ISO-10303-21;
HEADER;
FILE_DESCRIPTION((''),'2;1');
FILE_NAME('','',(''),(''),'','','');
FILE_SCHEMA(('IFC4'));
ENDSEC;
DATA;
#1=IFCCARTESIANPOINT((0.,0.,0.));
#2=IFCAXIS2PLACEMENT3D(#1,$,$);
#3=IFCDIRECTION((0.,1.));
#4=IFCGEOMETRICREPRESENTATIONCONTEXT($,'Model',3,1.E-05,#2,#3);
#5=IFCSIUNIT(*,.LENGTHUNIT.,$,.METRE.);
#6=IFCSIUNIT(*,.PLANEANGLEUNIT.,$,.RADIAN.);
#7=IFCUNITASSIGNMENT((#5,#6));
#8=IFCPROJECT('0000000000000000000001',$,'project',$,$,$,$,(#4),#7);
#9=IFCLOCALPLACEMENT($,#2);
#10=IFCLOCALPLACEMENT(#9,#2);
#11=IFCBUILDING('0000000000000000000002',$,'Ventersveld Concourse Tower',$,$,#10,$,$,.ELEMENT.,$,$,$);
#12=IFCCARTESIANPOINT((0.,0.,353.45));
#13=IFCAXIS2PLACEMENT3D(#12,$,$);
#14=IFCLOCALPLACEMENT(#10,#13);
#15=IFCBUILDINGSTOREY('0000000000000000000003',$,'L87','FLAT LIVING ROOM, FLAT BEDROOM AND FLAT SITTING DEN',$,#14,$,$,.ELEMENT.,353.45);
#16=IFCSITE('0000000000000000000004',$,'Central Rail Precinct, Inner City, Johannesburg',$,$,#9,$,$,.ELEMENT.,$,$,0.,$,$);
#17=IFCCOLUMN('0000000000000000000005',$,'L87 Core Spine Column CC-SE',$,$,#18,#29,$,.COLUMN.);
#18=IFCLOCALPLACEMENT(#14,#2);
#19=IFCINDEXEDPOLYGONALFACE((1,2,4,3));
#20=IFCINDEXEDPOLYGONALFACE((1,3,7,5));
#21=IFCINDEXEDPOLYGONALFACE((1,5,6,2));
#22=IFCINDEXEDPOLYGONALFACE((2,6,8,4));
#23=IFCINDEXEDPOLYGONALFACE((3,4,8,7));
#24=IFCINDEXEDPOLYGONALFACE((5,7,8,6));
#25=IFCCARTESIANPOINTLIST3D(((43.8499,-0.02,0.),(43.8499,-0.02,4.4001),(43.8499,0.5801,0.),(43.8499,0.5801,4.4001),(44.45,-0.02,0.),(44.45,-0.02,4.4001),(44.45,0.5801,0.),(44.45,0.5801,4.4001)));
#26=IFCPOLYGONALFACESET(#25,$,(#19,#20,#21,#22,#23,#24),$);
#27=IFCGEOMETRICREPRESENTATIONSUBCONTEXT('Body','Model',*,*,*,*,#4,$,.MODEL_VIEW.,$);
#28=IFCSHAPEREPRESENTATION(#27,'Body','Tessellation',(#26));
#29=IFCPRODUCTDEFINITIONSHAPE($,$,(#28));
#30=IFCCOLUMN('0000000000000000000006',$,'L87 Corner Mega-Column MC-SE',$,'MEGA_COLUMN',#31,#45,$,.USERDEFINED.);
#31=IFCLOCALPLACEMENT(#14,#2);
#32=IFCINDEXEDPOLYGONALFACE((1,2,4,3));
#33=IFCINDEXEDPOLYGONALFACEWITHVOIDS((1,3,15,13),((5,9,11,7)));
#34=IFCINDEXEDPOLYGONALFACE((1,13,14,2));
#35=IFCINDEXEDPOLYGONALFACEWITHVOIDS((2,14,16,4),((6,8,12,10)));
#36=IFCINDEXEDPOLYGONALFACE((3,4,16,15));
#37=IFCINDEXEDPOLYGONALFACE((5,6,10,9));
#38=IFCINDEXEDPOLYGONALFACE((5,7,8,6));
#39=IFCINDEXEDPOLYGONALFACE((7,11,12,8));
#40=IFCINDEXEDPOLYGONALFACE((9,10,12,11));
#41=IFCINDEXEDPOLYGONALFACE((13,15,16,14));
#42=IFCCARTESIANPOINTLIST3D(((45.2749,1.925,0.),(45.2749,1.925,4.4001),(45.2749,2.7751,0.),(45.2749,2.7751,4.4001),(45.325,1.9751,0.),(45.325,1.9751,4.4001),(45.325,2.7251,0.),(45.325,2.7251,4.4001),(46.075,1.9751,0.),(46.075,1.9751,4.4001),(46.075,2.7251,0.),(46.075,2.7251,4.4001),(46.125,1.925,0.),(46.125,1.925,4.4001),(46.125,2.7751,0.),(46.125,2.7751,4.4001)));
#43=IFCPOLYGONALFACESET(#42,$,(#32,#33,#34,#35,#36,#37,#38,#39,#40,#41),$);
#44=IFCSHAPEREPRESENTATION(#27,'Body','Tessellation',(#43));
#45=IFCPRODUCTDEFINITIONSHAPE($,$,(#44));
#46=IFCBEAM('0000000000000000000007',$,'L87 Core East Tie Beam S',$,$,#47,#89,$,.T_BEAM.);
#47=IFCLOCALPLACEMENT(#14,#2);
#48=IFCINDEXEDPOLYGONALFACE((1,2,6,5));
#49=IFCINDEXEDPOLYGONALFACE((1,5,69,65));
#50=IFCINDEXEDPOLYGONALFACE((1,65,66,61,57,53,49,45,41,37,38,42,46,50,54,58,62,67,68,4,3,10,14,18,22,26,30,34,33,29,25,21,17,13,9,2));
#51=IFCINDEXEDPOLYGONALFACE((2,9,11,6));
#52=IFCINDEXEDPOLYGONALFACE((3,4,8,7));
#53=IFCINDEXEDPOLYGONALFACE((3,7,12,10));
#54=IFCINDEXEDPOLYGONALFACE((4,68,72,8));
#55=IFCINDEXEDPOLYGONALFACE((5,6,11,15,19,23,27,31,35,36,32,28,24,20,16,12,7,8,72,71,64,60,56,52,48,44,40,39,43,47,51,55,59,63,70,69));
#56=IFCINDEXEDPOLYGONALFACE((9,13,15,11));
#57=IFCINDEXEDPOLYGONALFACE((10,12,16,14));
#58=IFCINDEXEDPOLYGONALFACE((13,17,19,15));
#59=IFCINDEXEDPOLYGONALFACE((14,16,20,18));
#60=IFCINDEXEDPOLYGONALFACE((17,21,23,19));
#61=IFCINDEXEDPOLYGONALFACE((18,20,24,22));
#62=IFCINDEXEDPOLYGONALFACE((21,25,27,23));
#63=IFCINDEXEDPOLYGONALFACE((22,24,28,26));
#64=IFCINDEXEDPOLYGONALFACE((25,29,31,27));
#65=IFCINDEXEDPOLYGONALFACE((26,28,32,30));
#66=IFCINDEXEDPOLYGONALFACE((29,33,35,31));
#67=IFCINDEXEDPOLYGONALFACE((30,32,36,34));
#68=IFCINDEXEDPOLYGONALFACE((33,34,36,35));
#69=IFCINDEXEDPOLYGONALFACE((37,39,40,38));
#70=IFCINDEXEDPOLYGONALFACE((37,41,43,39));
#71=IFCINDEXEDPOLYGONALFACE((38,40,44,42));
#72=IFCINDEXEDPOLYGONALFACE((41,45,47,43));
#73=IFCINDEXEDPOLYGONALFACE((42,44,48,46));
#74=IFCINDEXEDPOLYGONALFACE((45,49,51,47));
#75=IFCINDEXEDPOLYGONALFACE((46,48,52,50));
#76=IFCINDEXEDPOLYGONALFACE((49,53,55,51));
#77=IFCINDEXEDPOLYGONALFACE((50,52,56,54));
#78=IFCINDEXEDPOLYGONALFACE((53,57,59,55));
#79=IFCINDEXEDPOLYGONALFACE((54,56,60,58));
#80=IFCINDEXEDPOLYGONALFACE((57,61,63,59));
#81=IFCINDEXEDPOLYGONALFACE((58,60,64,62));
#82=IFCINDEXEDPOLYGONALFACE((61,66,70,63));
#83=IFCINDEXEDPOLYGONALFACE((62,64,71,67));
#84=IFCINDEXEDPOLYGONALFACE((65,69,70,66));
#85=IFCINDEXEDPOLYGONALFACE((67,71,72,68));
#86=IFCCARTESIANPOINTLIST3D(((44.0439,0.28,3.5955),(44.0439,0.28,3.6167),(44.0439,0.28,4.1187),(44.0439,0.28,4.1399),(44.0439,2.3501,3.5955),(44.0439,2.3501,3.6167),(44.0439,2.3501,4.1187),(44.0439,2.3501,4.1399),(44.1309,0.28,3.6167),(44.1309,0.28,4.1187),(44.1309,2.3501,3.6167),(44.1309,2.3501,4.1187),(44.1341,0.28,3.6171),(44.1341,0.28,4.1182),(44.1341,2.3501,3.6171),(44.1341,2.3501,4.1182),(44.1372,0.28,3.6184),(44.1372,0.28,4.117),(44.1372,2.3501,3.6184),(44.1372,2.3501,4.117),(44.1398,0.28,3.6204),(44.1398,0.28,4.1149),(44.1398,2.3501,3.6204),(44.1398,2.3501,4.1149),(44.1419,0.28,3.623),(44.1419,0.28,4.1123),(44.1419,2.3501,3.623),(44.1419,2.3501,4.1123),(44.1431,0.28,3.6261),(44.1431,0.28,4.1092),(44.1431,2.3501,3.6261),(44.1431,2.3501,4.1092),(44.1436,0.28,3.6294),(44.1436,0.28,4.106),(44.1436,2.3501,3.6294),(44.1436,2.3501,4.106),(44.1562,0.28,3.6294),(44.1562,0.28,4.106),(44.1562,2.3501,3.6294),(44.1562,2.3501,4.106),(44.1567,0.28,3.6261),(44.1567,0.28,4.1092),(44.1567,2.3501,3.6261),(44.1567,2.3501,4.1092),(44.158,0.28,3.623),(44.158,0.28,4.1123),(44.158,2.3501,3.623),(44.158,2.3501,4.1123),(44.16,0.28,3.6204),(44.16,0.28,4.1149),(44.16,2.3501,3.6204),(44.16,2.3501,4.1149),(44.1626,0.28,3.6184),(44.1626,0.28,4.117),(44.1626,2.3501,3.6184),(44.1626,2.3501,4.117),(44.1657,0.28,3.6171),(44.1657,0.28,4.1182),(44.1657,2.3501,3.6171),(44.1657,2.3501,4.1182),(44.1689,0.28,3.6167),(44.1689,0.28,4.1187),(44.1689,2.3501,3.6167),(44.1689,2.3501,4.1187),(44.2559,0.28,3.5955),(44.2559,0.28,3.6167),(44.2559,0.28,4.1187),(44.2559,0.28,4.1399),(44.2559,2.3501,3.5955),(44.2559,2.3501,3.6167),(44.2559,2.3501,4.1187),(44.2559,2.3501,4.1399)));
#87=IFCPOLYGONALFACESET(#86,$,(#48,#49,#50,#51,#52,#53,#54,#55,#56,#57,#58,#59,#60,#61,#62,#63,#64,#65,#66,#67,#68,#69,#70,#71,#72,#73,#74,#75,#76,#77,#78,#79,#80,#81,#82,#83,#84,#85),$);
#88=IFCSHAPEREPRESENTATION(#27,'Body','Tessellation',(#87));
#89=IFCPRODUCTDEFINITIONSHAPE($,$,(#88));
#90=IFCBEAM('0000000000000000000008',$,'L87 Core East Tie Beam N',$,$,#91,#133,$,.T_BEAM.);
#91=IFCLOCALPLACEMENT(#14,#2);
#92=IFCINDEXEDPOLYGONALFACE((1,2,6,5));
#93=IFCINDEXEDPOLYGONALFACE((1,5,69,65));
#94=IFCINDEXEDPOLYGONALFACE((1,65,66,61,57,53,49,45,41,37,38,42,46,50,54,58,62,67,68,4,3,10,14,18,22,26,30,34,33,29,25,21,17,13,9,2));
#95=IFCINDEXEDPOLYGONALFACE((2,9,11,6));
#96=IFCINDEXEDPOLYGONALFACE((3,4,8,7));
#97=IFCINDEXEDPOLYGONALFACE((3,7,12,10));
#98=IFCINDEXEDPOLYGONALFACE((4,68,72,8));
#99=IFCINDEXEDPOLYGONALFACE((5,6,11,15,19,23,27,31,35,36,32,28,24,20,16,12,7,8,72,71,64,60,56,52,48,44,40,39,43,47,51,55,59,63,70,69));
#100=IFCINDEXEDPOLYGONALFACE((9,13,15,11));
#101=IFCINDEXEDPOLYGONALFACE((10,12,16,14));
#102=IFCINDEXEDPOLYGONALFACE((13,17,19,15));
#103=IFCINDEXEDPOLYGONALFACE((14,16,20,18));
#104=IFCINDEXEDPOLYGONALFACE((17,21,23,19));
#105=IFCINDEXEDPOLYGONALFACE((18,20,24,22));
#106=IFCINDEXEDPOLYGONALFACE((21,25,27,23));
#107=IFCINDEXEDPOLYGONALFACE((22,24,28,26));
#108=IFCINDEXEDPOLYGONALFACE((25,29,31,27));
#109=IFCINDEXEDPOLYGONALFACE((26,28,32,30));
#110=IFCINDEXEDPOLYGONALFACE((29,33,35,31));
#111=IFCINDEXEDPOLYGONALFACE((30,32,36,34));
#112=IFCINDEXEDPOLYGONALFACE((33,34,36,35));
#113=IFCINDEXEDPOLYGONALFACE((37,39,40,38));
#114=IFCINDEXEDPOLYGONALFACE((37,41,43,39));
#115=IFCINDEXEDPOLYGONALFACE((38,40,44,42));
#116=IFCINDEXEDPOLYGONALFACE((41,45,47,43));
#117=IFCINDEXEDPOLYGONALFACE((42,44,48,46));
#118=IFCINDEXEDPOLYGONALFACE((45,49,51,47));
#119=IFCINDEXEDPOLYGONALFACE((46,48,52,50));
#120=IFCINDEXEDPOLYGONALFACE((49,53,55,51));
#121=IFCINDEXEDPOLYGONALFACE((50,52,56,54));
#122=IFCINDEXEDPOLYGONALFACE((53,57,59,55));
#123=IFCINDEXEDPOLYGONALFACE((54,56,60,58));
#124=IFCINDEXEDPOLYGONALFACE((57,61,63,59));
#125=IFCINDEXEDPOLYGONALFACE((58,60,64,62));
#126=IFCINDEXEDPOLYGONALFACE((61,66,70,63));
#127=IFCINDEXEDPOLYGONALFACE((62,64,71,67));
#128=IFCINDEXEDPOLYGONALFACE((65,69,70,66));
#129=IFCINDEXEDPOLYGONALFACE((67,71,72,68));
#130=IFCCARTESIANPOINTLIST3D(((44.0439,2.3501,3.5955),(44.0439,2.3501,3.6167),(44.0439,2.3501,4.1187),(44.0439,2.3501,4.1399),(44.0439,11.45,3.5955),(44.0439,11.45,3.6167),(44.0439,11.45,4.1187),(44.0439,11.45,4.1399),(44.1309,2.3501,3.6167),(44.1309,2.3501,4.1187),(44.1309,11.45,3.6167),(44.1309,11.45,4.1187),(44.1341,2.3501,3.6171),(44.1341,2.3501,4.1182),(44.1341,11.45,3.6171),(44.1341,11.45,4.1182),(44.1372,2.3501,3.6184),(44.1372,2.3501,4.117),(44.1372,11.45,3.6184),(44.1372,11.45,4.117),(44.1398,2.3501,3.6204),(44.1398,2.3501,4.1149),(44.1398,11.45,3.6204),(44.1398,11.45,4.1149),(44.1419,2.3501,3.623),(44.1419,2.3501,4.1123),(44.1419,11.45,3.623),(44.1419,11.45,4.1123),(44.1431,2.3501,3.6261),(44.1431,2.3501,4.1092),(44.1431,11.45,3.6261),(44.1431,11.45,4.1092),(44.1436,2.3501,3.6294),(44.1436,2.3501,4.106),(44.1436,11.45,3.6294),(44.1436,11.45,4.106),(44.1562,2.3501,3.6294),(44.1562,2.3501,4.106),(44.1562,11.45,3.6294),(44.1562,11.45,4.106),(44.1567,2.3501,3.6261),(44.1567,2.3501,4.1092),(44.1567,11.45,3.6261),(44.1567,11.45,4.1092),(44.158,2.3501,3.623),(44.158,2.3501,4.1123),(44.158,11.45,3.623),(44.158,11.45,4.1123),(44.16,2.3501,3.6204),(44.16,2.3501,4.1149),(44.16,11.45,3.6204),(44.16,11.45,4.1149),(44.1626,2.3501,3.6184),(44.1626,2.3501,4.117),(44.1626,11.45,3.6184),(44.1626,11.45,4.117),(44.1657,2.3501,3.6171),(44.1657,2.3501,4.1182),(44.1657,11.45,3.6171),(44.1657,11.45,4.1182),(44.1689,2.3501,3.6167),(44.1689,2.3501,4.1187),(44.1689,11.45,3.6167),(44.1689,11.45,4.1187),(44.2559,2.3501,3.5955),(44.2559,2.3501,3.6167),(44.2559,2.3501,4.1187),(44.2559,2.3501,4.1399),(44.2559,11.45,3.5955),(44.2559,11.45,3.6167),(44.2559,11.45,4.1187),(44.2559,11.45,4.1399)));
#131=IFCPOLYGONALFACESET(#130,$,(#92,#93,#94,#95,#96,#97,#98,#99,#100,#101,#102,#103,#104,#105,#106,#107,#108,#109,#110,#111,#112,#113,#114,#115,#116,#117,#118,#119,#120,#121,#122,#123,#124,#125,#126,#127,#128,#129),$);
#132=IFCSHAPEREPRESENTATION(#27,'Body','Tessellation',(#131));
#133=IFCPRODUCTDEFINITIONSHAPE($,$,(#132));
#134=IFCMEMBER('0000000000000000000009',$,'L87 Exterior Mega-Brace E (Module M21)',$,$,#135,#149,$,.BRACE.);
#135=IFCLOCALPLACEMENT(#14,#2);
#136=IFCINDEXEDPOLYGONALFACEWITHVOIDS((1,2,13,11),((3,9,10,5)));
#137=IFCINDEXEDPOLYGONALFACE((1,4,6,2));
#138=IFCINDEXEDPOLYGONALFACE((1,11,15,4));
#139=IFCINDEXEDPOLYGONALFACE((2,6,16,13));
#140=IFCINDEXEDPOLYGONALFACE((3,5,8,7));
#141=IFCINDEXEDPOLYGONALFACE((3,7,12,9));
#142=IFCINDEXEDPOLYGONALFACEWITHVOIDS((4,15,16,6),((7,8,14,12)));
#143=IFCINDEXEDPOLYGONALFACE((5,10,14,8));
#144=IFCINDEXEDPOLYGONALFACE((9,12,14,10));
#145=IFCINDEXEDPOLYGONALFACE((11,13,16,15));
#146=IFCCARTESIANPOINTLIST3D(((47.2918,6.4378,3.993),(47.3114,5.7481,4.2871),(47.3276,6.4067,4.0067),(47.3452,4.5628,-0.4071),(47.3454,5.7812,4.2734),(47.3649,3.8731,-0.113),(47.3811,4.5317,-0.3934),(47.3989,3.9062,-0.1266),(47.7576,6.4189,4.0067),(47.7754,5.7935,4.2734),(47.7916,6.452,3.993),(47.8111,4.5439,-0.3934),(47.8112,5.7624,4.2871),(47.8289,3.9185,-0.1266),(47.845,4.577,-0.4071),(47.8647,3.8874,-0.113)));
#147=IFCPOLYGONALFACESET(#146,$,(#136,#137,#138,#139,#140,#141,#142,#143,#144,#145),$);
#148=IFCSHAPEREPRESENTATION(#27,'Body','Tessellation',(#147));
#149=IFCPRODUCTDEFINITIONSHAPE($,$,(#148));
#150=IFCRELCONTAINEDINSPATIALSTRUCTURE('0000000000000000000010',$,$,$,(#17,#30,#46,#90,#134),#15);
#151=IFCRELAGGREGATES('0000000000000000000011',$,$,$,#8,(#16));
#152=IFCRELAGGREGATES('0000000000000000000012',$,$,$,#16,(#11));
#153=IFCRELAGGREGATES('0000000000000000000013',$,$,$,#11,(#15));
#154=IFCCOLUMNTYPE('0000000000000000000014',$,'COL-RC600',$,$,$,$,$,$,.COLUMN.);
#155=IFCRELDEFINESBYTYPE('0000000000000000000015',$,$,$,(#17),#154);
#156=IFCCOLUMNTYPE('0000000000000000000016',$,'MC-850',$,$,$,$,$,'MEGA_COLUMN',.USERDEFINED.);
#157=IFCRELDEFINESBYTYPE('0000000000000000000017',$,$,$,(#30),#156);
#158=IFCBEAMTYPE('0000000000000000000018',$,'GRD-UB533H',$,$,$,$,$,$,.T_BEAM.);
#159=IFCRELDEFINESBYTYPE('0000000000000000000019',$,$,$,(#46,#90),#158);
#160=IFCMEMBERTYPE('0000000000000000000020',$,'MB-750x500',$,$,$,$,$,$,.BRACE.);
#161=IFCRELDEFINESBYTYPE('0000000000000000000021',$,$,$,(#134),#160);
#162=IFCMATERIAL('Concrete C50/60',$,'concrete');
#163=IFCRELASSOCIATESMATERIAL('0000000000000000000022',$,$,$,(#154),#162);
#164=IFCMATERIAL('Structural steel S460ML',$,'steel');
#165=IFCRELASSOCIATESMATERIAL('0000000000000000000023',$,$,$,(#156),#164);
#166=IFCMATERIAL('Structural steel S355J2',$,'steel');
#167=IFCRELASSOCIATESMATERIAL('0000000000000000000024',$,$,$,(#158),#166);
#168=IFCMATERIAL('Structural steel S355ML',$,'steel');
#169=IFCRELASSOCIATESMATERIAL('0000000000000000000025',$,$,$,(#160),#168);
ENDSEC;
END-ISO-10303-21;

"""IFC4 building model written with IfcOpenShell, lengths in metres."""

from ifc_helpers import new_model, si_unit, direction, frame, origin, origin_2d, place, context, subcontext, project, spatial, rectangle, hollow_rectangle, i_section, extrude, material, material_profile, profile_set, type_object, element, save


model = new_model("IFC4")

# Units and contexts
model_context = context("Model", 3, precision=1e-05, world=origin(), true_north=direction((0.0, 1.0)))
body_context = subcontext(model_context, "Body", "Model", "MODEL_VIEW")
ifc_project = project(units=[si_unit("LENGTHUNIT", "METRE"), si_unit("PLANEANGLEUNIT", "RADIAN")], contexts=[model_context])

# Site, building, storey
site_placement = place(None, origin())
site = spatial("IfcSite", under=ifc_project, at=site_placement, Name="Central Rail Precinct, Inner City, Johannesburg", CompositionType="ELEMENT", RefElevation=0.0)
building_placement = place(site_placement, origin())
building = spatial("IfcBuilding", under=site, at=building_placement, Name="Ventersveld Concourse Tower", CompositionType="ELEMENT")
storey_placement = place(building_placement, frame((0.0, 0.0, 353.45)))
storey = spatial("IfcBuildingStorey", under=building, at=storey_placement, Name="L87", Description="FLAT LIVING ROOM, FLAT BEDROOM AND FLAT SITTING DEN", CompositionType="ELEMENT", Elevation=353.45)

# Columns
ifc_material_1 = material(Name="Concrete C50/60", Category="concrete")
ifc_material_profile_1 = material_profile(ifc_material_1, rectangle(XDim=0.6001, YDim=0.6001, at=origin_2d()), Name="RC 600x600")
ifc_profile_set_1 = profile_set([ifc_material_profile_1], Name="Concrete C50/60")
column_type_1 = type_object("IfcColumnType", Name="COL-RC600", PredefinedType="COLUMN", material=ifc_profile_set_1)
column_1_placement = place(storey_placement, frame((44.1499, 0.28, 0.0), z_axis=(0.0, 0.0, 1.0), x_axis=(1.0, 0.0, 0.0)))
element("IfcColumn", 1, at=column_1_placement, inside=storey, type_object=column_type_1, Name="L87 Core Spine Column CC-SE", PredefinedType="COLUMN", context=body_context, shape_type="SweptSolid", body=[
    extrude(rectangle(XDim=0.6001, YDim=0.6001, at=origin_2d()), origin(), (0.0, 0.0, 1.0), 4.4001),
])
ifc_material_2 = material(Name="Structural steel S460ML", Category="steel")
ifc_material_profile_2 = material_profile(ifc_material_2, hollow_rectangle(XDim=0.8501, YDim=0.8501, WallThickness=0.05, at=origin_2d()), Name="BOX 850x850x50")
ifc_profile_set_2 = profile_set([ifc_material_profile_2], Name="Structural steel S460ML")
column_type_2 = type_object("IfcColumnType", Name="MC-850", ElementType="MEGA_COLUMN", PredefinedType="USERDEFINED", material=ifc_profile_set_2)
column_2_placement = place(storey_placement, frame((45.7, 2.3501, 0.0), z_axis=(0.0, 0.0, 1.0), x_axis=(1.0, 0.0, 0.0)))
element("IfcColumn", 2, at=column_2_placement, inside=storey, type_object=column_type_2, Name="L87 Corner Mega-Column MC-SE", ObjectType="MEGA_COLUMN", PredefinedType="USERDEFINED", context=body_context, shape_type="SweptSolid", body=[
    extrude(hollow_rectangle(XDim=0.8501, YDim=0.8501, WallThickness=0.05, at=origin_2d()), origin(), (0.0, 0.0, 1.0), 4.4001),
])

# Beams
ifc_material_3 = material(Name="Structural steel S355J2", Category="steel")
ifc_material_profile_3 = material_profile(ifc_material_3, i_section(OverallWidth=0.2119, OverallDepth=0.5444, WebThickness=0.0127, FlangeThickness=0.0212, FilletRadius=0.0127, at=origin_2d()), Name="UB 533x210x122")
ifc_profile_set_3 = profile_set([ifc_material_profile_3], Name="Structural steel S355J2")
beam_type_1 = type_object("IfcBeamType", Name="GRD-UB533H", PredefinedType="T_BEAM", material=ifc_profile_set_3)
beam_1_placement = place(storey_placement, frame((44.1499, 0.28, 3.8677), z_axis=(0.0, 1.0, 0.0), x_axis=(-1.0, 0.0, 0.0)))
element("IfcBeam", 3, at=beam_1_placement, inside=storey, type_object=beam_type_1, Name="L87 Core East Tie Beam S", PredefinedType="T_BEAM", context=body_context, shape_type="SweptSolid", body=[
    extrude(i_section(OverallWidth=0.2119, OverallDepth=0.5444, WebThickness=0.0127, FlangeThickness=0.0212, FilletRadius=0.0127, at=origin_2d()), origin(), (0.0, 0.0, 1.0), 2.0701),
])
beam_2_placement = place(storey_placement, frame((44.1499, 2.3501, 3.8677), z_axis=(0.0, 1.0, 0.0), x_axis=(-1.0, 0.0, 0.0)))
element("IfcBeam", 4, at=beam_2_placement, inside=storey, type_object=beam_type_1, Name="L87 Core East Tie Beam N", PredefinedType="T_BEAM", context=body_context, shape_type="SweptSolid", body=[
    extrude(i_section(OverallWidth=0.2119, OverallDepth=0.5444, WebThickness=0.0127, FlangeThickness=0.0212, FilletRadius=0.0127, at=origin_2d()), origin(), (0.0, 0.0, 1.0), 9.0999),
])

# Member
ifc_material_4 = material(Name="Structural steel S355ML", Category="steel")
ifc_material_profile_4 = material_profile(ifc_material_4, hollow_rectangle(XDim=0.5, YDim=0.75, WallThickness=0.0349, at=origin_2d()), Name="BOX 750x500x35")
ifc_profile_set_4 = profile_set([ifc_material_profile_4], Name="Structural steel S355ML")
member_type = type_object("IfcMemberType", Name="MB-750x500", PredefinedType="BRACE", material=ifc_profile_set_4)
member_placement = place(storey_placement, frame((47.605, 4.2251, -0.26), z_axis=(-0.011178, 0.39199, 0.919901), x_axis=(-0.999594, -0.028504, 0.0)))
element("IfcMember", 5, at=member_placement, inside=storey, type_object=member_type, Name="L87 Exterior Mega-Brace E (Module M21)", PredefinedType="BRACE", context=body_context, shape_type="SweptSolid", body=[
    extrude(hollow_rectangle(XDim=0.5, YDim=0.75, WallThickness=0.0349, at=origin_2d()), origin(), (0.0, 0.0, 1.0), 4.7832),
])

save(model, "model.ifc")
